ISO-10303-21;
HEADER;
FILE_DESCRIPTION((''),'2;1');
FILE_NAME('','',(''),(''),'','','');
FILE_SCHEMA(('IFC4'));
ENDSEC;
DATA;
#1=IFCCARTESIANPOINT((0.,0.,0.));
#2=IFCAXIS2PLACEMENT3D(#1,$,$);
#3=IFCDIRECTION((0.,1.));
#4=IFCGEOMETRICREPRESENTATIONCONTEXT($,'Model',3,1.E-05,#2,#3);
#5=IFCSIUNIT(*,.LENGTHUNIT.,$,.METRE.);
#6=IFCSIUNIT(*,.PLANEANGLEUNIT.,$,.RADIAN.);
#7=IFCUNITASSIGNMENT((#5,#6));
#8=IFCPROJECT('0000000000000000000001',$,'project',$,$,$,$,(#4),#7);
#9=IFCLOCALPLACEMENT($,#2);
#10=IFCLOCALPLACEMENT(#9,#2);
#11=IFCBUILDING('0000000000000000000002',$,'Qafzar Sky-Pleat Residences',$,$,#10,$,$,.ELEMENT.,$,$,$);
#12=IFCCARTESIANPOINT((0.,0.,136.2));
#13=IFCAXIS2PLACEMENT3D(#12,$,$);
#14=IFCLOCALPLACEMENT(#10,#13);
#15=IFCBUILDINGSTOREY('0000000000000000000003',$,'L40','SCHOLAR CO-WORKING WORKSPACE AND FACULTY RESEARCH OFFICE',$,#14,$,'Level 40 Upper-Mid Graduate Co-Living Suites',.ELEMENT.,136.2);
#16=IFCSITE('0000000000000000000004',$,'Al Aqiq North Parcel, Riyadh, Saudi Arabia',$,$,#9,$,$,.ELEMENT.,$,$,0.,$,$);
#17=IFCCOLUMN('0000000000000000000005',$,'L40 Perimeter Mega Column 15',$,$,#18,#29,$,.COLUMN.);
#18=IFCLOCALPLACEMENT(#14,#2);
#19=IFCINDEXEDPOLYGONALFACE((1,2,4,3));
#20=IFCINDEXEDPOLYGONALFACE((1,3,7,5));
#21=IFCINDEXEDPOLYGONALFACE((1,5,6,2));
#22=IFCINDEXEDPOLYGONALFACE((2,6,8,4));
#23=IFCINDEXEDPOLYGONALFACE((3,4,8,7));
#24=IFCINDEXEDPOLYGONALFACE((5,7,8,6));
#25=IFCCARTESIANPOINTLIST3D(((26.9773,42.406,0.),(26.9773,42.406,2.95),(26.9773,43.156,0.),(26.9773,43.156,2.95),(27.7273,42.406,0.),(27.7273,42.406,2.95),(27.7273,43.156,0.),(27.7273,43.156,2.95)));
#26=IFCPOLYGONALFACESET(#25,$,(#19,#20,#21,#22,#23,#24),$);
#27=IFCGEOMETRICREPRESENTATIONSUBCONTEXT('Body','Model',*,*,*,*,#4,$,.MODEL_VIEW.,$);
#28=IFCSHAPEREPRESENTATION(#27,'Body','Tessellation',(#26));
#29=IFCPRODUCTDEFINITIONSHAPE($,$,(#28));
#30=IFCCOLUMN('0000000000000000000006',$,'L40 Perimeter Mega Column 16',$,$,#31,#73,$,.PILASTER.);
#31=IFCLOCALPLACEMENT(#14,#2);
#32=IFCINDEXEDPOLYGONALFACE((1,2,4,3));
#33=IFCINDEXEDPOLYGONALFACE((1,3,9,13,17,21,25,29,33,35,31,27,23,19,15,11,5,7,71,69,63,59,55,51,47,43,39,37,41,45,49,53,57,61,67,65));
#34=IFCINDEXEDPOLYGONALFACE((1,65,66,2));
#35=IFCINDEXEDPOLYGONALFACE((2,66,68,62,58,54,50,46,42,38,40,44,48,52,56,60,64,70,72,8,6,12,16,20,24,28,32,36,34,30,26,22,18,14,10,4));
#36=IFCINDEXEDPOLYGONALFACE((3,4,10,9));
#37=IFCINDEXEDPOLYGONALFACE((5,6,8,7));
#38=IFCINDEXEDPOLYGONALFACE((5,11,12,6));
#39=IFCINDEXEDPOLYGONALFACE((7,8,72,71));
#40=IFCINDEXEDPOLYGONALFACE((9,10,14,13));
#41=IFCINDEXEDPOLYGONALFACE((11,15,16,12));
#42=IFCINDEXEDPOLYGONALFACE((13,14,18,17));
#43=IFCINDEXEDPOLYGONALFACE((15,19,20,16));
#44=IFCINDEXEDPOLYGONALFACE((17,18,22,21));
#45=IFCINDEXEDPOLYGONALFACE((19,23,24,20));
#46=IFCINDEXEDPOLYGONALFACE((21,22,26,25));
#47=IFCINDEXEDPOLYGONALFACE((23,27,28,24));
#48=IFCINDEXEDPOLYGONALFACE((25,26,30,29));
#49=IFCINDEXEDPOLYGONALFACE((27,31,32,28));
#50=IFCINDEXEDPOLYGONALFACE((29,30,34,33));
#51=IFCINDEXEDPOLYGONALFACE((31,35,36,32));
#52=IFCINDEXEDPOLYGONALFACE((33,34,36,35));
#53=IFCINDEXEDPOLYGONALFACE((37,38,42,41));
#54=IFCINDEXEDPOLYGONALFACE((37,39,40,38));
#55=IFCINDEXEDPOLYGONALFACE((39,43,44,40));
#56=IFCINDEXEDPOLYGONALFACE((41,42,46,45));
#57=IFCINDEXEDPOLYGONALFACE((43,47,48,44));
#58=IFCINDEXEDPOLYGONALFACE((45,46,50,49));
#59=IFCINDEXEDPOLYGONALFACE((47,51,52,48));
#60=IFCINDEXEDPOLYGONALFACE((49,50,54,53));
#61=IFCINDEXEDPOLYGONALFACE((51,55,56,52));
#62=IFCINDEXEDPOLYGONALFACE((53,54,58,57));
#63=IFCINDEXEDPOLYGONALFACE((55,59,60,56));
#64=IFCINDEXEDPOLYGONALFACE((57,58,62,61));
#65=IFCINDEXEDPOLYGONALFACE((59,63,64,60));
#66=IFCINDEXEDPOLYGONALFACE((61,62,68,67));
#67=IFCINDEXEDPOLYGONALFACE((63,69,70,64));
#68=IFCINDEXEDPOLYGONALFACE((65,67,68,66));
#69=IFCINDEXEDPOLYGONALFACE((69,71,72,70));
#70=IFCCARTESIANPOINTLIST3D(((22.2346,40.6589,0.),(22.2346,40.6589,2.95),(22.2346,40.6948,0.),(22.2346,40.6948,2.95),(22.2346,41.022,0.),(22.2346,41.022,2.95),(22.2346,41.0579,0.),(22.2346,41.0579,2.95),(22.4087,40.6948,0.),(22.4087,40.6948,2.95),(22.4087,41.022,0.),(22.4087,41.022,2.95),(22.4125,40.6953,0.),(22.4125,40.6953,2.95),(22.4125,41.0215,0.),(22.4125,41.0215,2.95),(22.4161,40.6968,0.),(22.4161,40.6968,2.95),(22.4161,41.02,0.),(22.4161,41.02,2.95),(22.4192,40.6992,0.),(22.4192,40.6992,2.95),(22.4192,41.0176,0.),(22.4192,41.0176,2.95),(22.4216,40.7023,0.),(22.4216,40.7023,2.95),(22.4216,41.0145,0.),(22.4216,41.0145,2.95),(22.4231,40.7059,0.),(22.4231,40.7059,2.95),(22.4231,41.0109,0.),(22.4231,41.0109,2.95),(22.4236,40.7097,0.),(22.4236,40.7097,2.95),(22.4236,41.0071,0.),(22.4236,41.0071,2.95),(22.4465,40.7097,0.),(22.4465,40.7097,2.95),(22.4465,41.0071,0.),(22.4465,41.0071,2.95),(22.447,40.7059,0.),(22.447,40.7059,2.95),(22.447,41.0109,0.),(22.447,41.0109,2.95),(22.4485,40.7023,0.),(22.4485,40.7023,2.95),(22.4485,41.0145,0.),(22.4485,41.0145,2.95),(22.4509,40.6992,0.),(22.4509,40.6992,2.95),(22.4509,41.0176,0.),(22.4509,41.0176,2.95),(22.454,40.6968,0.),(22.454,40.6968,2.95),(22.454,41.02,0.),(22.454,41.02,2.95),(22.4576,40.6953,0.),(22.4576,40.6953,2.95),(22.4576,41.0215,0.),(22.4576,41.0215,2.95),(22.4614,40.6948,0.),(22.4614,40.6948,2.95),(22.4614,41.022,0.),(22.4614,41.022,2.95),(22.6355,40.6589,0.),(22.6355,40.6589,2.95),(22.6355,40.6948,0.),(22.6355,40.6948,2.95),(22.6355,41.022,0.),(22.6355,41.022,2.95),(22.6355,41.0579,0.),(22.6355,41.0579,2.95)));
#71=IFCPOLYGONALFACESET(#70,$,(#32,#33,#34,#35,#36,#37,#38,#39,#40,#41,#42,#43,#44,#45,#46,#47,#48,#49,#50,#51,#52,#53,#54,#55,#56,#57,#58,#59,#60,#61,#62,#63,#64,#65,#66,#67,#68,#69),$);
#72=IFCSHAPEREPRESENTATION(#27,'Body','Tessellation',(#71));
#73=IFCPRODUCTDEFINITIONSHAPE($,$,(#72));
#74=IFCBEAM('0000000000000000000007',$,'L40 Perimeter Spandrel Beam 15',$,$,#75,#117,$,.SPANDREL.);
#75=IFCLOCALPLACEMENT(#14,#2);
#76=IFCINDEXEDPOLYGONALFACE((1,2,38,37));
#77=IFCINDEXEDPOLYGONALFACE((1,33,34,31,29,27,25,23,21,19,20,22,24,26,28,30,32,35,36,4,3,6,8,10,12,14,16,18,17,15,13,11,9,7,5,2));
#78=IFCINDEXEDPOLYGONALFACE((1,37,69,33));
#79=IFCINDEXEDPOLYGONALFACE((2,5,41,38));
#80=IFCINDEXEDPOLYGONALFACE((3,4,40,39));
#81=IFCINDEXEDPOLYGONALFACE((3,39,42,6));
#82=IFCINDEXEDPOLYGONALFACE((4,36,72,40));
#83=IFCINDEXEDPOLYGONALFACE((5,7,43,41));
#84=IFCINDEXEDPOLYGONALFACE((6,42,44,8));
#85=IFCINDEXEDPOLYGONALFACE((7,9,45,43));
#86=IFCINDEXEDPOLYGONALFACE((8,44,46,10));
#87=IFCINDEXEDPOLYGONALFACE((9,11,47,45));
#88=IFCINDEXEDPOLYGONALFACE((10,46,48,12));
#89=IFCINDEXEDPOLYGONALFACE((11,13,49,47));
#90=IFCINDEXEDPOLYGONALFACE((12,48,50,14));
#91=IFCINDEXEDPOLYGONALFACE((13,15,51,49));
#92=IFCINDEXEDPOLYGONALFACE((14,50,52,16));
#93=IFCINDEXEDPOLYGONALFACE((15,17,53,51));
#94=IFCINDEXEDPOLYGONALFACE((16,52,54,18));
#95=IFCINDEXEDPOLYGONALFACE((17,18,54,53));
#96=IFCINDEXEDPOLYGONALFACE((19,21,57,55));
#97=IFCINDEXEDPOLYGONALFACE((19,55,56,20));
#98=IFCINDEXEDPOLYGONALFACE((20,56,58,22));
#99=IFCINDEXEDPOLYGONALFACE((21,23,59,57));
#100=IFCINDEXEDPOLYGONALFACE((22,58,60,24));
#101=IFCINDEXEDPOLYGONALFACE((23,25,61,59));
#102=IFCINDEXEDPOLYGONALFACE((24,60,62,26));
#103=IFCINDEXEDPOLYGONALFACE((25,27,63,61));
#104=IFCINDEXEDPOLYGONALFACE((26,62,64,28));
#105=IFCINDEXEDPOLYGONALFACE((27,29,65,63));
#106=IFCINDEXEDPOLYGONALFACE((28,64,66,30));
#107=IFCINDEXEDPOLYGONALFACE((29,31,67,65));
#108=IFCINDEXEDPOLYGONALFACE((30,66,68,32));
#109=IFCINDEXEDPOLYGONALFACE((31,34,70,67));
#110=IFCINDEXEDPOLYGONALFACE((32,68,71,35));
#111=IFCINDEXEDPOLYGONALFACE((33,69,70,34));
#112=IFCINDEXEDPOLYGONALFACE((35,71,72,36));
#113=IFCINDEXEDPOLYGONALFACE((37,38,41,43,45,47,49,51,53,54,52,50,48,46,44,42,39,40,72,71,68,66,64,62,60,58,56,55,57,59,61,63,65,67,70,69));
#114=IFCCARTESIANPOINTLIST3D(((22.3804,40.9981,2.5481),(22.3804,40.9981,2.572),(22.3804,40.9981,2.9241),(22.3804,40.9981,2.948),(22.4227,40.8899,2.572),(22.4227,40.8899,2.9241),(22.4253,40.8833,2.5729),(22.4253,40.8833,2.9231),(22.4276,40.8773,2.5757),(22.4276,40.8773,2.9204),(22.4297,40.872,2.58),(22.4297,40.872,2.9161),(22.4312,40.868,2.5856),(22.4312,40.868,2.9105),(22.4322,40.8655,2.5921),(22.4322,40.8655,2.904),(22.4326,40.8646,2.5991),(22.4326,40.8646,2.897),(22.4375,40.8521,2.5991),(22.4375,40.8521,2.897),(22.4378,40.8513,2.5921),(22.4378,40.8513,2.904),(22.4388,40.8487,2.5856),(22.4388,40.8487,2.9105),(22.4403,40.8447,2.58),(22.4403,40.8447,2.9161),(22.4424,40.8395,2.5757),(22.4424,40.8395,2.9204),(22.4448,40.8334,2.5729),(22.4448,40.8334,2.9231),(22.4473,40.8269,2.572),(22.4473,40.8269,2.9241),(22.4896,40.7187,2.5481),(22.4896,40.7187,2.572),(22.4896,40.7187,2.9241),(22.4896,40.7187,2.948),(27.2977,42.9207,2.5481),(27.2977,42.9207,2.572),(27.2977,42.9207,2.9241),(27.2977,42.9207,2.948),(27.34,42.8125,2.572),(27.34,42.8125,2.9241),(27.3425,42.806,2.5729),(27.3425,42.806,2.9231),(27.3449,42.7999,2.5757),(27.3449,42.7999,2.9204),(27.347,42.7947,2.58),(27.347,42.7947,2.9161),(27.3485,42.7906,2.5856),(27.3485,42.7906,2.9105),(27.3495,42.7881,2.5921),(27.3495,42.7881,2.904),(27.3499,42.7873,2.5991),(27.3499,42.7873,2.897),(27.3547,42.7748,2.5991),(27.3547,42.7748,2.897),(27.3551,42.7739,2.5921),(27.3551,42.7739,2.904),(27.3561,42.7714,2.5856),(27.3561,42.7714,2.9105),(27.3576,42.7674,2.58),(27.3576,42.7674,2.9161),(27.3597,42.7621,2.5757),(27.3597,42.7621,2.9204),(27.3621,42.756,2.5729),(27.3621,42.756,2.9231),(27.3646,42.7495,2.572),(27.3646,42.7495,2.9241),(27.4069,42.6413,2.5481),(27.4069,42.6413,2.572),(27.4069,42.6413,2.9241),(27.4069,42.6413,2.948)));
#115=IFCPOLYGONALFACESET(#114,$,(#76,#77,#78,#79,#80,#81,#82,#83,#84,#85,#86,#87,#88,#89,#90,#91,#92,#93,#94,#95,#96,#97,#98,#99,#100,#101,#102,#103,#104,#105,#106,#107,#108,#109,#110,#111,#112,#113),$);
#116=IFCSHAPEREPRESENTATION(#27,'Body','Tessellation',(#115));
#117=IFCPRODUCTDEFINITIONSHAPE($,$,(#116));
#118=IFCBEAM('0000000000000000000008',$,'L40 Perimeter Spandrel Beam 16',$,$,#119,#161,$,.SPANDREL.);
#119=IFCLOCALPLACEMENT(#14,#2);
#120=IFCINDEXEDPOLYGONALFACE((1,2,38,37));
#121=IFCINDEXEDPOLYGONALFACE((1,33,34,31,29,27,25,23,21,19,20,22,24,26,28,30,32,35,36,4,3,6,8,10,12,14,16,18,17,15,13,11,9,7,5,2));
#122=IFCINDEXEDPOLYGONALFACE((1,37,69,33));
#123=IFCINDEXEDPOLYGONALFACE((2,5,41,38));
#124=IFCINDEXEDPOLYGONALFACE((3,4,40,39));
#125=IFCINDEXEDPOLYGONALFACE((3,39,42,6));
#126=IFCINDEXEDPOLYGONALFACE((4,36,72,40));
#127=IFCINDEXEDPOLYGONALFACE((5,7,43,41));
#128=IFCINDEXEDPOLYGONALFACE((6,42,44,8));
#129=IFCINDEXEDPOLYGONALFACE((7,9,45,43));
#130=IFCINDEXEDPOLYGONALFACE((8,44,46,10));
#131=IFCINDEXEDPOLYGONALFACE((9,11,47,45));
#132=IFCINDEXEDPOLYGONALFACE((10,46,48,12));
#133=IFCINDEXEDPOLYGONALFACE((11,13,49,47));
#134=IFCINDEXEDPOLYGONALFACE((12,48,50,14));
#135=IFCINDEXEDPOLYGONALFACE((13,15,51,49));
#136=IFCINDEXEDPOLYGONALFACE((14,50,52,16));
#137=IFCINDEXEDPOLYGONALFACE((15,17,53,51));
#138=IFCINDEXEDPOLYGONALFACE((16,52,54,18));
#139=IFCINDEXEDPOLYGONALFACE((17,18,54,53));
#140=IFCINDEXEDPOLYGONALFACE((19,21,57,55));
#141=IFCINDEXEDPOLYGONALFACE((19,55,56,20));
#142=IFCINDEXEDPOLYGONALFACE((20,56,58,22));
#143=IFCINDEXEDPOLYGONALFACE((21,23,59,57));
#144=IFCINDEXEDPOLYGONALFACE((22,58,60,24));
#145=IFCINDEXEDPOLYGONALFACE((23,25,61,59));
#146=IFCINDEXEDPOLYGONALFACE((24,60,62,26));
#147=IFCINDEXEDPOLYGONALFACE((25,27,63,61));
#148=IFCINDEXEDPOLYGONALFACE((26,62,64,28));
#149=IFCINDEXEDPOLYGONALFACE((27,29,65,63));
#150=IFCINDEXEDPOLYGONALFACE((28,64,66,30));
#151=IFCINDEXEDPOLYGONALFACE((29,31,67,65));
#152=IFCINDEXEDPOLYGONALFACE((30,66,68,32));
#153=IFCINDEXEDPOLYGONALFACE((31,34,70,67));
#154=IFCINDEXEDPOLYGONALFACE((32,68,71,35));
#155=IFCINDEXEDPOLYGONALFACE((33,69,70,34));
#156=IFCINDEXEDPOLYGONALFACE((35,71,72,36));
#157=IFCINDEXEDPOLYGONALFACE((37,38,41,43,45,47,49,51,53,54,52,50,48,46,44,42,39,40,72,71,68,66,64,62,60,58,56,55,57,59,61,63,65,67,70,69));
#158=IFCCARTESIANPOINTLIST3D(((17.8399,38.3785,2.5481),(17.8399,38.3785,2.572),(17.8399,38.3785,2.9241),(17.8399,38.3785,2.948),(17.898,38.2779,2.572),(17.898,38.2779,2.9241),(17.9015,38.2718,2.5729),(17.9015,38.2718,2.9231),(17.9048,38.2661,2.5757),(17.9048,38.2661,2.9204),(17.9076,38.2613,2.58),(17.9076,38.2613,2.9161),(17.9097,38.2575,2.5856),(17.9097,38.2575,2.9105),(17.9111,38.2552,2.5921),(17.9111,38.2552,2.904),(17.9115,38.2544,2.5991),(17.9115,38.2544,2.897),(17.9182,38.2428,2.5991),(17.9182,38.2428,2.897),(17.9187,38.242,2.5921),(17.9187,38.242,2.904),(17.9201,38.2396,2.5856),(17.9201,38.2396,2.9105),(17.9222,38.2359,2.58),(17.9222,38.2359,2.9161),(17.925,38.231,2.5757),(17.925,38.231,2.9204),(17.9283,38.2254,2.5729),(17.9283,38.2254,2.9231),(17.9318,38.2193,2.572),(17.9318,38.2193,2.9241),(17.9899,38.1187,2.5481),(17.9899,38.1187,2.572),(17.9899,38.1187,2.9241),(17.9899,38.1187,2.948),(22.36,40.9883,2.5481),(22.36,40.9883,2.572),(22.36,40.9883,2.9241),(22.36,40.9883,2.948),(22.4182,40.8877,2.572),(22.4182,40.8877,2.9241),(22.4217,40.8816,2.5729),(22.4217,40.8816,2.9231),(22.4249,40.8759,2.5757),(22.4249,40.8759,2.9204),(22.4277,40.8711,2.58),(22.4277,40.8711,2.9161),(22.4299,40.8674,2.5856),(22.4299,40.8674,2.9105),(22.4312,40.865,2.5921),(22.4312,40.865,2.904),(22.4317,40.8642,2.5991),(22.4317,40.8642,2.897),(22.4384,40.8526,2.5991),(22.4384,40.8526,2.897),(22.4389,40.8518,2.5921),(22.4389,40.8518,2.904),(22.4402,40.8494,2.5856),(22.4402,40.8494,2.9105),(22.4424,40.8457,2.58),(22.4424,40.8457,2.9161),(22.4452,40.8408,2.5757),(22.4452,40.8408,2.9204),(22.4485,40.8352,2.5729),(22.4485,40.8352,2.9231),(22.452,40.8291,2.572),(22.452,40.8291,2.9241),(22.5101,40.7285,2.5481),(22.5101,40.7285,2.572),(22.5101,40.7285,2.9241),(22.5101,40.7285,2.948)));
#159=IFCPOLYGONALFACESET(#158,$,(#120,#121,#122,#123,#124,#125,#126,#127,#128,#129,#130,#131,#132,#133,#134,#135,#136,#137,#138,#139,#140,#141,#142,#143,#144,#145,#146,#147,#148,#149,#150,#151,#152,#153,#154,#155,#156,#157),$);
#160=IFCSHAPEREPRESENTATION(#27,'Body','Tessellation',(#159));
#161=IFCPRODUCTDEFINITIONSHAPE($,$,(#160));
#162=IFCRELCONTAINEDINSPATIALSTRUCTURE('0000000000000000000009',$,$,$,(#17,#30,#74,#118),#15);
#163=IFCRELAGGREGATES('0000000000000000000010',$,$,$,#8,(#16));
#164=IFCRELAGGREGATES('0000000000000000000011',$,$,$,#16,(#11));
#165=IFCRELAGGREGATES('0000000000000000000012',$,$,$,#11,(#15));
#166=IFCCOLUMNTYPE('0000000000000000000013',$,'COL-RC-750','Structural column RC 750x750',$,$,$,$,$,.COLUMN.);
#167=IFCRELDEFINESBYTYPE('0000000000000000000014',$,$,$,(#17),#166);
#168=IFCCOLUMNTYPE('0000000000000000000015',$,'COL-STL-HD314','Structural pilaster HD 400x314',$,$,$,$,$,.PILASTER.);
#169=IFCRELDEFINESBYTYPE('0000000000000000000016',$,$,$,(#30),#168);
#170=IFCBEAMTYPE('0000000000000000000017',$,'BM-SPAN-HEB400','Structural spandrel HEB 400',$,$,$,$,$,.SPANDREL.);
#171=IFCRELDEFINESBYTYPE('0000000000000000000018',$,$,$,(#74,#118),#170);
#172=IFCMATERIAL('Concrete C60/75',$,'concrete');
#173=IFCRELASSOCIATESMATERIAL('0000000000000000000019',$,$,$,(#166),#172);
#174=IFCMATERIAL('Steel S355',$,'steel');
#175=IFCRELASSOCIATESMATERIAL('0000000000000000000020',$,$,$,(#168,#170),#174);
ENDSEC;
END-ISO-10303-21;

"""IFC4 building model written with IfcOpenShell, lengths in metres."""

from ifc_helpers import new_model, si_unit, direction, frame, origin, origin_2d, place, context, subcontext, project, spatial, rectangle, i_section, extrude, source, transform, mapped, material, material_profile, profile_set, type_object, element, save


model = new_model("IFC4")

# Units and contexts
model_context = context("Model", 3, precision=1e-05, world=origin(), true_north=direction((0.0, 1.0)))
body_context = subcontext(model_context, "Body", "Model", "MODEL_VIEW")
ifc_project = project(units=[si_unit("LENGTHUNIT", "METRE"), si_unit("PLANEANGLEUNIT", "RADIAN")], contexts=[model_context])

# Site, building, storey
site_placement = place(None, origin())
site = spatial("IfcSite", under=ifc_project, at=site_placement, Name="Al Aqiq North Parcel, Riyadh, Saudi Arabia", CompositionType="ELEMENT", RefElevation=0.0)
building_placement = place(site_placement, origin())
building = spatial("IfcBuilding", under=site, at=building_placement, Name="Qafzar Sky-Pleat Residences", CompositionType="ELEMENT")
storey_placement = place(building_placement, frame((0.0, 0.0, 136.2)))
storey = spatial("IfcBuildingStorey", under=building, at=storey_placement, Name="L40", Description="SCHOLAR CO-WORKING WORKSPACE AND FACULTY RESEARCH OFFICE", LongName="Level 40 Upper-Mid Graduate Co-Living Suites", CompositionType="ELEMENT", Elevation=136.2)

# Columns
ifc_material_1 = material(Name="Concrete C60/75", Category="concrete")
ifc_material_profile_1 = material_profile(ifc_material_1, rectangle(XDim=0.75, YDim=0.75, at=origin_2d()), Name="RC 750x750")
ifc_profile_set_1 = profile_set([ifc_material_profile_1], Name="Concrete C60/75")
column_type_1 = type_object("IfcColumnType", Name="COL-RC-750", Description="Structural column RC 750x750", PredefinedType="COLUMN", material=ifc_profile_set_1)
shared_shape_1 = source(origin(), body_context, "Body", "SweptSolid", [
    extrude(rectangle(XDim=0.75, YDim=0.75, at=origin_2d()), origin(), (0.0, 0.0, 1.0), 2.95),
])
column_1_placement = place(storey_placement, frame((27.3523, 42.781, 0.0), z_axis=(0.0, 0.0, 1.0), x_axis=(1.0, 0.0, 0.0)))
element("IfcColumn", 1, at=column_1_placement, inside=storey, type_object=column_type_1, Name="L40 Perimeter Mega Column 15", PredefinedType="COLUMN", context=body_context, shape_type="MappedRepresentation", body=[
    mapped(shared_shape_1, transform((0.0, 0.0, 0.0), x_axis=(1.0, 0.0, 0.0), y_axis=(0.0, 1.0, 0.0), z_axis=(0.0, 0.0, 1.0), scale=1.0)),
])
ifc_material_2 = material(Name="Steel S355", Category="steel")
ifc_material_profile_2 = material_profile(ifc_material_2, i_section(OverallWidth=0.4009, OverallDepth=0.3989, WebThickness=0.0229, FlangeThickness=0.0359, FilletRadius=0.0149, at=origin_2d()), Name="HD 400x314")
ifc_profile_set_2 = profile_set([ifc_material_profile_2], Name="Steel S355")
column_type_2 = type_object("IfcColumnType", Name="COL-STL-HD314", Description="Structural pilaster HD 400x314", PredefinedType="PILASTER", material=ifc_profile_set_2)
shared_shape_2 = source(origin(), body_context, "Body", "SweptSolid", [
    extrude(i_section(OverallWidth=0.4009, OverallDepth=0.3989, WebThickness=0.0229, FlangeThickness=0.0359, FilletRadius=0.0149, at=origin_2d()), origin(), (0.0, 0.0, 1.0), 2.95),
])
column_2_placement = place(storey_placement, frame((22.4351, 40.8584, 0.0), z_axis=(0.0, 0.0, 1.0), x_axis=(1.0, 0.0, 0.0)))
element("IfcColumn", 2, at=column_2_placement, inside=storey, type_object=column_type_2, Name="L40 Perimeter Mega Column 16", PredefinedType="PILASTER", context=body_context, shape_type="MappedRepresentation", body=[
    mapped(shared_shape_2, transform((0.0, 0.0, 0.0), x_axis=(1.0, 0.0, 0.0), y_axis=(0.0, 1.0, 0.0), z_axis=(0.0, 0.0, 1.0), scale=1.0)),
])

# Beams
ifc_material_profile_3 = material_profile(ifc_material_2, i_section(OverallWidth=0.3, OverallDepth=0.3999, WebThickness=0.0134, FlangeThickness=0.0239, FilletRadius=0.0271, at=origin_2d()), Name="HEB 400")
ifc_profile_set_3 = profile_set([ifc_material_profile_3], Name="Steel S355")
beam_type_1 = type_object("IfcBeamType", Name="BM-SPAN-HEB400", Description="Structural spandrel HEB 400", PredefinedType="SPANDREL", material=ifc_profile_set_3)
shared_shape_3 = source(origin(), body_context, "Body", "SweptSolid", [
    extrude(i_section(OverallWidth=0.3, OverallDepth=0.3999, WebThickness=0.0134, FlangeThickness=0.0239, FilletRadius=0.0271, at=origin_2d()), origin(), (0.0, 0.0, 1.0), 5.2798),
])
beam_1_placement = place(storey_placement, frame((27.3523, 42.781, 2.748), z_axis=(-0.931341, -0.364148, 0.0), x_axis=(0.364148, -0.931341, 0.0)))
element("IfcBeam", 3, at=beam_1_placement, inside=storey, type_object=beam_type_1, Name="L40 Perimeter Spandrel Beam 15", PredefinedType="SPANDREL", context=body_context, shape_type="MappedRepresentation", body=[
    mapped(shared_shape_3, transform((0.0, 0.0, 0.0), x_axis=(1.0, 0.0, 0.0), y_axis=(0.0, 1.0, 0.0), z_axis=(0.0, 0.0, 1.0), scale=1.0)),
])
shared_shape_4 = source(origin(), body_context, "Body", "SweptSolid", [
    extrude(i_section(OverallWidth=0.3, OverallDepth=0.3999, WebThickness=0.0134, FlangeThickness=0.0239, FilletRadius=0.0271, at=origin_2d()), origin(), (0.0, 0.0, 1.0), 5.2195),
])
beam_2_placement = place(storey_placement, frame((22.4351, 40.8584, 2.748), z_axis=(-0.866018, -0.500013, 0.0), x_axis=(0.500013, -0.866018, 0.0)))
element("IfcBeam", 4, at=beam_2_placement, inside=storey, type_object=beam_type_1, Name="L40 Perimeter Spandrel Beam 16", PredefinedType="SPANDREL", context=body_context, shape_type="MappedRepresentation", body=[
    mapped(shared_shape_4, transform((0.0, 0.0, 0.0), x_axis=(1.0, 0.0, 0.0), y_axis=(0.0, 1.0, 0.0), z_axis=(0.0, 0.0, 1.0), scale=1.0)),
])

save(model, "model.ifc")
